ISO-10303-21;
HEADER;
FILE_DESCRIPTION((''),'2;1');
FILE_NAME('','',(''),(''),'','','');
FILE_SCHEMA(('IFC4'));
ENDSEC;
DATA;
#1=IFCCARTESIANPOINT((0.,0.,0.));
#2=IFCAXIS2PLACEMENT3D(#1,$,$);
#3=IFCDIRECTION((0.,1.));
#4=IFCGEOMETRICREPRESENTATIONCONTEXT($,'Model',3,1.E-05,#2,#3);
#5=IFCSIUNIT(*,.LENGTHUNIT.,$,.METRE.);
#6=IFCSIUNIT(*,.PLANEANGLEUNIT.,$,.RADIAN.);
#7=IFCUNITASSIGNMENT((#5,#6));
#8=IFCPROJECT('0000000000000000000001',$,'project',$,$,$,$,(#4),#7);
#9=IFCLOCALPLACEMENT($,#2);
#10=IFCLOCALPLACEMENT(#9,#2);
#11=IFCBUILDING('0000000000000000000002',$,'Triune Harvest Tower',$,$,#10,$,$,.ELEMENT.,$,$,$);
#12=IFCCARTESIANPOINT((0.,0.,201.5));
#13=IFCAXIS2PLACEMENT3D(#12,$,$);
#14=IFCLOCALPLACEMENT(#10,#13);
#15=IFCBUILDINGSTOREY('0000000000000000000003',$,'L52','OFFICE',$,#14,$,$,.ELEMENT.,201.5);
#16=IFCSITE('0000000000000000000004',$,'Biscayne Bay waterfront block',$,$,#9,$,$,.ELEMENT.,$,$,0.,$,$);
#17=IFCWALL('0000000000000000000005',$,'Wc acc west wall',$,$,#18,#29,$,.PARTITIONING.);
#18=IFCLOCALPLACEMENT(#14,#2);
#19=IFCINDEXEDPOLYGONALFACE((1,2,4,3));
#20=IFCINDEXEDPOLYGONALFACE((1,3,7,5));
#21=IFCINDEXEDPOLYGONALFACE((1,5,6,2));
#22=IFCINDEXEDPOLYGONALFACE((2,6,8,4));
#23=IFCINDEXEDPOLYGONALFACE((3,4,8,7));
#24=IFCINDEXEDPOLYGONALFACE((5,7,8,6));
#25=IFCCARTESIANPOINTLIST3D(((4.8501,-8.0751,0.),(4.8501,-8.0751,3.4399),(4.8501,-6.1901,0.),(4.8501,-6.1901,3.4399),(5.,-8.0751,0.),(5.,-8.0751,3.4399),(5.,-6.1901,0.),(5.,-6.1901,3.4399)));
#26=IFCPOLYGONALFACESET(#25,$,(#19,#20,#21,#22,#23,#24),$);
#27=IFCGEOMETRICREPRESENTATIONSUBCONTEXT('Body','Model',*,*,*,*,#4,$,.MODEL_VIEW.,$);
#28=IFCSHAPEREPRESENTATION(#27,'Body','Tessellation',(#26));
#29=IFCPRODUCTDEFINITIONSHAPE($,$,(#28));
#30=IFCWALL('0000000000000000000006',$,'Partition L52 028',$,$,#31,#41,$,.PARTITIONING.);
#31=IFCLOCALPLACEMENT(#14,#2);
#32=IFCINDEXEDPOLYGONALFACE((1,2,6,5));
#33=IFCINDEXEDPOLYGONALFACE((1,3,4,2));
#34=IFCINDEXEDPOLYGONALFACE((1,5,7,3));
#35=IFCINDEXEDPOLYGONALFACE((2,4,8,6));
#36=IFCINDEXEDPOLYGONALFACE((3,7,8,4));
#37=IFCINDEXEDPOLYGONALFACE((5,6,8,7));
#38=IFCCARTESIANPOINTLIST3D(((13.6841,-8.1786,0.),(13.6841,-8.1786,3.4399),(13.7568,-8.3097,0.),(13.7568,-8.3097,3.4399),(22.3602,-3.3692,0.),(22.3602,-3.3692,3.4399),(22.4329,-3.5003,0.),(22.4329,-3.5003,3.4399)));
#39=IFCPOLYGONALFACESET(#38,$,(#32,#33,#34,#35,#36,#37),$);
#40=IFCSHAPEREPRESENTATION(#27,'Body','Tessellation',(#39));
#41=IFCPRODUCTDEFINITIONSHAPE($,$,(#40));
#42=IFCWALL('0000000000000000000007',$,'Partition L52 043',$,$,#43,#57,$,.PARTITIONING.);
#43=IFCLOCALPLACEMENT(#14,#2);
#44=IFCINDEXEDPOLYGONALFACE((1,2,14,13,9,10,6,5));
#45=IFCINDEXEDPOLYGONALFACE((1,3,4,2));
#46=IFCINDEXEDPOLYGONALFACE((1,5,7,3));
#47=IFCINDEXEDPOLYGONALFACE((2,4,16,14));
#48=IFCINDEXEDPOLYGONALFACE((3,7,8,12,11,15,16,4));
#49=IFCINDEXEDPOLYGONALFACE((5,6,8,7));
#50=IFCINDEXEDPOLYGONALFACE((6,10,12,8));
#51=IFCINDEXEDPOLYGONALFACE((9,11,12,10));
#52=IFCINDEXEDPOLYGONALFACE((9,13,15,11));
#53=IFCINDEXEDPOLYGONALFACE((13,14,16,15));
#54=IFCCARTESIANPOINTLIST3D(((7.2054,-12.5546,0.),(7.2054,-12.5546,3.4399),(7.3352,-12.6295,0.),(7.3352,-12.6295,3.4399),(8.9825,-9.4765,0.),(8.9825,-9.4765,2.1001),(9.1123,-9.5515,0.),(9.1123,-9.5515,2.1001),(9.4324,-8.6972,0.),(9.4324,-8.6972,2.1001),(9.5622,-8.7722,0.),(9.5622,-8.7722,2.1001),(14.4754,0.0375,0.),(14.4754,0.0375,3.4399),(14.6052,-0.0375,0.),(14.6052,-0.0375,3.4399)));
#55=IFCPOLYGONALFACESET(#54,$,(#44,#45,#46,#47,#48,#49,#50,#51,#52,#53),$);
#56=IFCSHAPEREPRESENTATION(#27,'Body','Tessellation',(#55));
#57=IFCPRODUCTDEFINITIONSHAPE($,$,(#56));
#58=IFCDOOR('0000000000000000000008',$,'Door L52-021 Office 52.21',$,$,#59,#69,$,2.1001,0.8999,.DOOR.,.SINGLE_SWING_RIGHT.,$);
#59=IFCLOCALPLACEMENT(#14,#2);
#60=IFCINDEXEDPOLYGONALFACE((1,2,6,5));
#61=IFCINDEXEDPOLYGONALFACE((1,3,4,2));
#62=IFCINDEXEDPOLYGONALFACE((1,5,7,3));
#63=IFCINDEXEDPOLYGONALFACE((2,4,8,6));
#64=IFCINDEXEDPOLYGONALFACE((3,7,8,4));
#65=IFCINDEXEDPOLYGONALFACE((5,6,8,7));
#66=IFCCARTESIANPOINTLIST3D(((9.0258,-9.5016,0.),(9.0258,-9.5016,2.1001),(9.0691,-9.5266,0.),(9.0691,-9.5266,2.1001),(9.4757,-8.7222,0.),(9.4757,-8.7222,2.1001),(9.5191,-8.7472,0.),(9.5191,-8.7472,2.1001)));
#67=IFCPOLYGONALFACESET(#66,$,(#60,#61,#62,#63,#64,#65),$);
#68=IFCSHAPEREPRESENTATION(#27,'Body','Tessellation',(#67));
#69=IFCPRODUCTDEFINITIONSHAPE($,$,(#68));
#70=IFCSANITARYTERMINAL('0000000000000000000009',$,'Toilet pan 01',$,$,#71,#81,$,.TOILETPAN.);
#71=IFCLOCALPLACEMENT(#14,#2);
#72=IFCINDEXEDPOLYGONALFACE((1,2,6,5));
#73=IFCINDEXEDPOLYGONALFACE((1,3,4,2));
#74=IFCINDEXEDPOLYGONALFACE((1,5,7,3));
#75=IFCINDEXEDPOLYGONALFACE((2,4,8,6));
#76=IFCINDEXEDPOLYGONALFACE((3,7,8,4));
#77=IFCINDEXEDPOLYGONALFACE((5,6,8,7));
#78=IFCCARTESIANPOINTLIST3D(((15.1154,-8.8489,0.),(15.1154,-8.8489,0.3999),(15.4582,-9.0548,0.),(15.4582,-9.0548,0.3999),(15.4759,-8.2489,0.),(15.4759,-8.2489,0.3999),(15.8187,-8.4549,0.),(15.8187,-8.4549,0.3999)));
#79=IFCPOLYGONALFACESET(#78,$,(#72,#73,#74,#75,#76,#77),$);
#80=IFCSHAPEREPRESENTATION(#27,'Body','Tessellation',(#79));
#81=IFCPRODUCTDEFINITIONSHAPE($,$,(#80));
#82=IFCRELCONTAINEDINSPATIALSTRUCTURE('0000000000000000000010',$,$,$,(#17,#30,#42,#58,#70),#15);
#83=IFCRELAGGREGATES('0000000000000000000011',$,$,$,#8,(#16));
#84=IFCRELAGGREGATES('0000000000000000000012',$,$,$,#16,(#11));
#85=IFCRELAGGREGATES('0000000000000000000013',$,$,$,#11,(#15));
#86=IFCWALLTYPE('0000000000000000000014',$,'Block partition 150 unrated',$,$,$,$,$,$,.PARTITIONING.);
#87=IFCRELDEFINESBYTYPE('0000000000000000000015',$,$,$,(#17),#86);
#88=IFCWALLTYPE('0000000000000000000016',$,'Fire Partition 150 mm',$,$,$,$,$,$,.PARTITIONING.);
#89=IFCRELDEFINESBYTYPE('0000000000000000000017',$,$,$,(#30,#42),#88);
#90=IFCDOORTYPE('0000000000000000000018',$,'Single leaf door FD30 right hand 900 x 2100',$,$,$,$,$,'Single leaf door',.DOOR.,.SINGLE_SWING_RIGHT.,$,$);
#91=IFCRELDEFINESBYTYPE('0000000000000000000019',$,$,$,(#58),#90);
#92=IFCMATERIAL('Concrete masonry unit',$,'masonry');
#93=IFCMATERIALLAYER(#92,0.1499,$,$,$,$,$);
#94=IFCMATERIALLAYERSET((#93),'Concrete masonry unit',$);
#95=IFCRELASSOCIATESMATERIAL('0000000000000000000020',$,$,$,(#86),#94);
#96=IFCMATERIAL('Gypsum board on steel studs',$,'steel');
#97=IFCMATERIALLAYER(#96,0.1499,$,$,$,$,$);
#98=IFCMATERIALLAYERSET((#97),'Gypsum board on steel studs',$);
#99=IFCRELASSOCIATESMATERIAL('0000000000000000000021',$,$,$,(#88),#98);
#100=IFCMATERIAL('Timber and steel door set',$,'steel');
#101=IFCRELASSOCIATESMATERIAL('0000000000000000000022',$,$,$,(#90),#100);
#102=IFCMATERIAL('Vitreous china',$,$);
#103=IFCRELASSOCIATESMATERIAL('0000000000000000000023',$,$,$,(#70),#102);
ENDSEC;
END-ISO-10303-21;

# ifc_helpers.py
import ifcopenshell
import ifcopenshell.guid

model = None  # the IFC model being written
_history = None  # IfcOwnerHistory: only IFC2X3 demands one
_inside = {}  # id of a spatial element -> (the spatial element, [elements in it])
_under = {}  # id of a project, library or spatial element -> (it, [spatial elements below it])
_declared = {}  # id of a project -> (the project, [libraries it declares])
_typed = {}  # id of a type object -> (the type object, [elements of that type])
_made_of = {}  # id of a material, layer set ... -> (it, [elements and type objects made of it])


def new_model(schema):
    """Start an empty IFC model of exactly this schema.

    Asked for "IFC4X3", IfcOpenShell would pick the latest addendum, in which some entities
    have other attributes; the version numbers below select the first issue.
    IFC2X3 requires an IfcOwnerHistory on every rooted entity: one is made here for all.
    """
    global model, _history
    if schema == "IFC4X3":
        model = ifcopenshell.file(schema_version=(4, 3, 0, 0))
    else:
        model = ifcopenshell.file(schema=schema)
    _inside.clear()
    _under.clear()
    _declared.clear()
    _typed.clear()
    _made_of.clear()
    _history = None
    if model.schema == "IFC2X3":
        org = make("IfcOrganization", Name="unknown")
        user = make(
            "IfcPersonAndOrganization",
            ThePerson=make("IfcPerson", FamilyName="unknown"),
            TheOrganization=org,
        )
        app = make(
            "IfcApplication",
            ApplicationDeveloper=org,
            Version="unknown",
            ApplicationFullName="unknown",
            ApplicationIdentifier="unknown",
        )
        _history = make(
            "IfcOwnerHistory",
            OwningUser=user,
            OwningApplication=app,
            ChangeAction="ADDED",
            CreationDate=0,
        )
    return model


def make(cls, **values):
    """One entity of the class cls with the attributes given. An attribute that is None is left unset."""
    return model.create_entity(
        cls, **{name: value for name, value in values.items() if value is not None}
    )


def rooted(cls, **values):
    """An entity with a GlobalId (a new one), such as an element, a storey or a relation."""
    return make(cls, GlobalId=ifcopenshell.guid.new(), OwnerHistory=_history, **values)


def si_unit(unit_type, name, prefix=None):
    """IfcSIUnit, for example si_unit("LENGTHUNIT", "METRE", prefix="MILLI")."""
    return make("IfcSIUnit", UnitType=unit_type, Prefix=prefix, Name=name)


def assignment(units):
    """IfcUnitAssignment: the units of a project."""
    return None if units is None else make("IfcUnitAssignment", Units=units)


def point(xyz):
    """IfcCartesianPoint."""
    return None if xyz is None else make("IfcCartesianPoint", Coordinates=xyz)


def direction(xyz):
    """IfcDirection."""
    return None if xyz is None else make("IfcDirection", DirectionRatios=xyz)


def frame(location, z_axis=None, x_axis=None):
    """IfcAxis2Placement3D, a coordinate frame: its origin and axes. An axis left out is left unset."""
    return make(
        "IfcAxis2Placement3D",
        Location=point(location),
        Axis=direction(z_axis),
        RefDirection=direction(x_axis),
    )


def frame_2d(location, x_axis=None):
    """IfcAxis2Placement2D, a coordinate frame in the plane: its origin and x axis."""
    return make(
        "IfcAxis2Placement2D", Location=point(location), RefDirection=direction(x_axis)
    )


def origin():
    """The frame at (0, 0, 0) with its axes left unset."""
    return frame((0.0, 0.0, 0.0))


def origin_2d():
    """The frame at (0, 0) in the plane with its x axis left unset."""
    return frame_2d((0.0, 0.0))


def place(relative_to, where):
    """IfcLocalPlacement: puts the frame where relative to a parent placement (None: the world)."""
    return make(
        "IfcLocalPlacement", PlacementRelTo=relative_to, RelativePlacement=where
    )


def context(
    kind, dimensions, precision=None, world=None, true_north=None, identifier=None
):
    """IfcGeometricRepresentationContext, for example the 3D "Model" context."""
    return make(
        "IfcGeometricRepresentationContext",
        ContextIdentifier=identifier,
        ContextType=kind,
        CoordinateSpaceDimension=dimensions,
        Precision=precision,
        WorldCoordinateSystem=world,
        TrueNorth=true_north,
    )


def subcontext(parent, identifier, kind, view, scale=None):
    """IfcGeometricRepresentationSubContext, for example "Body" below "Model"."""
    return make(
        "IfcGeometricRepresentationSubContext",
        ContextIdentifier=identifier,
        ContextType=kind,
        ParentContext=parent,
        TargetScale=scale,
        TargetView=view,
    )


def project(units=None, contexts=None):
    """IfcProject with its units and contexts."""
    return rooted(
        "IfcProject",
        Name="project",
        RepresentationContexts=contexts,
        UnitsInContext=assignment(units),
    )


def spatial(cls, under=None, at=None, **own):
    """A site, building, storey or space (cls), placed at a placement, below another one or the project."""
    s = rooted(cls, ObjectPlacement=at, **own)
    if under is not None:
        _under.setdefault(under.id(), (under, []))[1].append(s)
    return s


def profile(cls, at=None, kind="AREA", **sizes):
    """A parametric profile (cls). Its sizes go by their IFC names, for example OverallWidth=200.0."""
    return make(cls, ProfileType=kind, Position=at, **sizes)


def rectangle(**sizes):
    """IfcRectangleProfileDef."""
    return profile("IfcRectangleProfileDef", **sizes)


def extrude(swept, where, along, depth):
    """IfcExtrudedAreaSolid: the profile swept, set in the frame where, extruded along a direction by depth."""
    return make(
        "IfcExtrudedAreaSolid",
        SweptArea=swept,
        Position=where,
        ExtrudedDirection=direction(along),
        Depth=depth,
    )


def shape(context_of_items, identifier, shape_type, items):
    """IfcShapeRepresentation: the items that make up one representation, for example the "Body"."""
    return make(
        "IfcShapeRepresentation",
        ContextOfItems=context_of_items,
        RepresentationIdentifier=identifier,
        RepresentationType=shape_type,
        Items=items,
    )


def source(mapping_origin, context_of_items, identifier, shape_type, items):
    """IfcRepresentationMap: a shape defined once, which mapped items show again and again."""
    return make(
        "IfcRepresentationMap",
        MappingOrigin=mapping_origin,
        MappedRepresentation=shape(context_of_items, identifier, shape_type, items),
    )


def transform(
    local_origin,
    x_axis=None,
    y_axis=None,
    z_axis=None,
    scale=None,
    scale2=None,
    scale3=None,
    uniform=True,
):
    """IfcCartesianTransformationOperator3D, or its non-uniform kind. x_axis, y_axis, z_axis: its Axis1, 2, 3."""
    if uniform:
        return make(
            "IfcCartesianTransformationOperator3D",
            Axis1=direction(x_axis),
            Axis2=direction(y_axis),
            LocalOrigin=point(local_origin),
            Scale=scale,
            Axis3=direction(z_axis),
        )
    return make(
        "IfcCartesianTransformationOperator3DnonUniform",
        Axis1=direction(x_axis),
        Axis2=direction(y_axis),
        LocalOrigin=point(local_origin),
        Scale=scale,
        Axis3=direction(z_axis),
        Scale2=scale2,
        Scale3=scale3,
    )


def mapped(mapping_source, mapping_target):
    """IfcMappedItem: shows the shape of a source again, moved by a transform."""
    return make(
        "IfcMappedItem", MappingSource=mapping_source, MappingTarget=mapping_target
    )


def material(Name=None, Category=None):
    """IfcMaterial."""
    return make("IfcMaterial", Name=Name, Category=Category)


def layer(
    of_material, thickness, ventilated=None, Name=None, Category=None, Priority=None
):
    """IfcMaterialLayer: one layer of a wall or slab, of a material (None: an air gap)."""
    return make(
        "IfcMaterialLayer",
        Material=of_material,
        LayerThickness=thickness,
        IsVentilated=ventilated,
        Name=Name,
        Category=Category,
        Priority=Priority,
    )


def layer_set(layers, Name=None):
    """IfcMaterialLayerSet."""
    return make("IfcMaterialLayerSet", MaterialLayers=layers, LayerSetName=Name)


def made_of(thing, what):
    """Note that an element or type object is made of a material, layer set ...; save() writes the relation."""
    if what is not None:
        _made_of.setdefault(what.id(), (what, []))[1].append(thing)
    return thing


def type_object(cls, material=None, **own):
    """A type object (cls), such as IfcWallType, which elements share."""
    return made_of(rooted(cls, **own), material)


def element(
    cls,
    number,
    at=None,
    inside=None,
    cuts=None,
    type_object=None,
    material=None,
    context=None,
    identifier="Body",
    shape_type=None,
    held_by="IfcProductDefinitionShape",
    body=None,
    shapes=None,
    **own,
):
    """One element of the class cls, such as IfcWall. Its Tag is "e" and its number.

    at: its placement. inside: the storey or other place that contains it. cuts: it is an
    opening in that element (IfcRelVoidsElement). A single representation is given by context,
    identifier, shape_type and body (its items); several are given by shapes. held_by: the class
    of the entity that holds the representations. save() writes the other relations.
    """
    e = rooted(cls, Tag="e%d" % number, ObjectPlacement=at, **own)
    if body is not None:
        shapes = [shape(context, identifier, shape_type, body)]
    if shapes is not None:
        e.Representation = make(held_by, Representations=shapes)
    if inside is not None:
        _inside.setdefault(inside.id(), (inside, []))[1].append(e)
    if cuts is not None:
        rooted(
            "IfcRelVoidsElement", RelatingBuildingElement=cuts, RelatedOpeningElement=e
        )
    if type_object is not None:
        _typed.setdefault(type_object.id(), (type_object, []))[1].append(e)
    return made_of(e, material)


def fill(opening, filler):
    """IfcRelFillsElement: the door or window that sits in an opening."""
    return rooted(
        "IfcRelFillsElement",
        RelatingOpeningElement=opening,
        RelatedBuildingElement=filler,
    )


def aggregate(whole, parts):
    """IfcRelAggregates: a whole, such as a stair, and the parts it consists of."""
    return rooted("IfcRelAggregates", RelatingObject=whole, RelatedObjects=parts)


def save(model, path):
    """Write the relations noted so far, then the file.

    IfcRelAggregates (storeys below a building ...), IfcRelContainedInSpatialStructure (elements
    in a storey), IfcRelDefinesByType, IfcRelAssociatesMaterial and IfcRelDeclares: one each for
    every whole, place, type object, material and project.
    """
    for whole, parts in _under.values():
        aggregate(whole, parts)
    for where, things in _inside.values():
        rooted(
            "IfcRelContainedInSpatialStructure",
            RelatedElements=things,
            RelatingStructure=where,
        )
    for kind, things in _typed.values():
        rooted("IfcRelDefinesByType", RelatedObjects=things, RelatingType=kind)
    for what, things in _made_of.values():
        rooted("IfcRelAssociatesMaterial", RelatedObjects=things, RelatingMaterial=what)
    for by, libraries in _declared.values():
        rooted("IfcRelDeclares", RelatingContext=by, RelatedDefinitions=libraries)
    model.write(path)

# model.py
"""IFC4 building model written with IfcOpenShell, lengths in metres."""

from ifc_helpers import new_model, si_unit, direction, frame, frame_2d, origin, origin_2d, place, context, subcontext, project, spatial, rectangle, extrude, source, transform, mapped, material, layer, layer_set, type_object, element, fill, save


model = new_model("IFC4")

# Units and contexts
model_context = context("Model", 3, precision=1e-05, world=origin(), true_north=direction((0.0, 1.0)))
body_context = subcontext(model_context, "Body", "Model", "MODEL_VIEW")
ifc_project = project(units=[si_unit("LENGTHUNIT", "METRE"), si_unit("PLANEANGLEUNIT", "RADIAN")], contexts=[model_context])

# Site, building, storey
site_placement = place(None, origin())
site = spatial("IfcSite", under=ifc_project, at=site_placement, Name="Biscayne Bay waterfront block", CompositionType="ELEMENT", RefElevation=0.0)
building_placement = place(site_placement, origin())
building = spatial("IfcBuilding", under=site, at=building_placement, Name="Triune Harvest Tower", CompositionType="ELEMENT")
storey_placement = place(building_placement, frame((0.0, 0.0, 201.5)))
storey = spatial("IfcBuildingStorey", under=building, at=storey_placement, Name="L52", Description="OFFICE", CompositionType="ELEMENT", Elevation=201.5)

# Shared definitions
ifc_material_1 = material(Name="Concrete masonry unit", Category="masonry")
ifc_layer_1 = layer(ifc_material_1, 0.1499)
ifc_layer_set_1 = layer_set([ifc_layer_1], Name="Concrete masonry unit")
wall_type_1 = type_object("IfcWallType", Name="Block partition 150 unrated", PredefinedType="PARTITIONING", material=ifc_layer_set_1)

# Walls
shared_shape_1 = source(origin(), body_context, "Body", "SweptSolid", [
    extrude(rectangle(XDim=1.885, YDim=0.1499, at=frame_2d((0.9424, 0.0))), origin(), (0.0, 0.0, 1.0), 3.4399),
])
wall_1_placement = place(storey_placement, frame((4.925, -8.075, 0.0), z_axis=(0.0, 0.0, 1.0), x_axis=(0.0, 1.0, 0.0)))
element("IfcWall", 1, at=wall_1_placement, inside=storey, type_object=wall_type_1, Name="Wc acc west wall", PredefinedType="PARTITIONING", context=body_context, shape_type="MappedRepresentation", body=[
    mapped(shared_shape_1, transform((0.0, 0.0, 0.0), scale=1.0)),
])
ifc_material_2 = material(Name="Gypsum board on steel studs", Category="steel")
ifc_layer_2 = layer(ifc_material_2, 0.1499)
ifc_layer_set_2 = layer_set([ifc_layer_2], Name="Gypsum board on steel studs")
wall_type_2 = type_object("IfcWallType", Name="Fire Partition 150 mm", PredefinedType="PARTITIONING", material=ifc_layer_set_2)
shared_shape_2 = source(origin(), body_context, "Body", "SweptSolid", [
    extrude(rectangle(XDim=9.9199, YDim=0.1499, at=frame_2d((4.96, 0.0))), origin(), (0.0, 0.0, 1.0), 3.4399),
])
wall_2_placement = place(storey_placement, frame((13.7205, -8.2441, 0.0), z_axis=(0.0, 0.0, 1.0), x_axis=(0.874614, 0.484819, 0.0)))
element("IfcWall", 2, at=wall_2_placement, inside=storey, type_object=wall_type_2, Name="Partition L52 028", PredefinedType="PARTITIONING", context=body_context, shape_type="MappedRepresentation", body=[
    mapped(shared_shape_2, transform((0.0, 0.0, 0.0), scale=1.0)),
])

# Wall, opening, door
shared_shape_3 = source(origin(), body_context, "Body", "SweptSolid", [
    extrude(rectangle(XDim=14.54, YDim=0.1499, at=frame_2d((7.27, 0.0))), origin(), (0.0, 0.0, 1.0), 3.4399),
])
wall_3_placement = place(storey_placement, frame((7.2703, -12.592, 0.0), z_axis=(0.0, 0.0, 1.0), x_axis=(0.5, 0.866025, 0.0)))
wall_3 = element("IfcWall", 3, at=wall_3_placement, inside=storey, type_object=wall_type_2, Name="Partition L52 043", PredefinedType="PARTITIONING", context=body_context, shape_type="MappedRepresentation", body=[
    mapped(shared_shape_3, transform((0.0, 0.0, 0.0), scale=1.0)),
])
opening_1_placement = place(wall_3_placement, frame((3.5542, 0.0, 0.0)))
opening_1 = element("IfcOpeningElement", 4, at=opening_1_placement, cuts=wall_3, PredefinedType="OPENING", context=body_context, shape_type="SweptSolid", body=[
    extrude(rectangle(XDim=0.8999, YDim=2.1001, at=frame_2d((0.45, 1.05))), frame((0.0, 0.085, 0.0), z_axis=(0.0, -1.0, 0.0), x_axis=(1.0, 0.0, 0.0)), (0.0, 0.0, 1.0), 0.1699),
])
ifc_material_3 = material(Name="Timber and steel door set", Category="steel")
door_type_1 = type_object("IfcDoorType", Name="Single leaf door FD30 right hand 900 x 2100", ElementType="Single leaf door", OperationType="SINGLE_SWING_RIGHT", PredefinedType="DOOR", material=ifc_material_3)
door_1_placement = place(opening_1_placement, origin())
door_1 = element("IfcDoor", 5, at=door_1_placement, inside=storey, type_object=door_type_1, Name="Door L52-021 Office 52.21", OperationType="SINGLE_SWING_RIGHT", OverallHeight=2.1001, OverallWidth=0.8999, PredefinedType="DOOR", context=body_context, shape_type="SweptSolid", body=[
    extrude(rectangle(XDim=0.8999, YDim=2.1001, at=frame_2d((0.45, 1.05))), frame((0.0, 0.0249, 0.0), z_axis=(0.0, -1.0, 0.0), x_axis=(1.0, 0.0, 0.0)), (0.0, 0.0, 1.0), 0.05),
])
fill(opening_1, door_1)

# Sanitary terminal
ifc_material_4 = material(Name="Vitreous china")
shared_shape_4 = source(origin(), body_context, "Body", "SweptSolid", [
    extrude(rectangle(XDim=0.3999, YDim=0.7, at=origin_2d()), origin(), (0.0, 0.0, 1.0), 0.3999),
])
sanitary_terminal_placement = place(storey_placement, frame((15.467, -8.6519, 0.0), z_axis=(0.0, 0.0, 1.0), x_axis=(-0.857167, 0.515038, 0.0)))
element("IfcSanitaryTerminal", 6, at=sanitary_terminal_placement, inside=storey, material=ifc_material_4, Name="Toilet pan 01", PredefinedType="TOILETPAN", context=body_context, shape_type="MappedRepresentation", body=[
    mapped(shared_shape_4, transform((0.0, 0.0, 0.0), scale=1.0)),
])

save(model, "model.ifc")
